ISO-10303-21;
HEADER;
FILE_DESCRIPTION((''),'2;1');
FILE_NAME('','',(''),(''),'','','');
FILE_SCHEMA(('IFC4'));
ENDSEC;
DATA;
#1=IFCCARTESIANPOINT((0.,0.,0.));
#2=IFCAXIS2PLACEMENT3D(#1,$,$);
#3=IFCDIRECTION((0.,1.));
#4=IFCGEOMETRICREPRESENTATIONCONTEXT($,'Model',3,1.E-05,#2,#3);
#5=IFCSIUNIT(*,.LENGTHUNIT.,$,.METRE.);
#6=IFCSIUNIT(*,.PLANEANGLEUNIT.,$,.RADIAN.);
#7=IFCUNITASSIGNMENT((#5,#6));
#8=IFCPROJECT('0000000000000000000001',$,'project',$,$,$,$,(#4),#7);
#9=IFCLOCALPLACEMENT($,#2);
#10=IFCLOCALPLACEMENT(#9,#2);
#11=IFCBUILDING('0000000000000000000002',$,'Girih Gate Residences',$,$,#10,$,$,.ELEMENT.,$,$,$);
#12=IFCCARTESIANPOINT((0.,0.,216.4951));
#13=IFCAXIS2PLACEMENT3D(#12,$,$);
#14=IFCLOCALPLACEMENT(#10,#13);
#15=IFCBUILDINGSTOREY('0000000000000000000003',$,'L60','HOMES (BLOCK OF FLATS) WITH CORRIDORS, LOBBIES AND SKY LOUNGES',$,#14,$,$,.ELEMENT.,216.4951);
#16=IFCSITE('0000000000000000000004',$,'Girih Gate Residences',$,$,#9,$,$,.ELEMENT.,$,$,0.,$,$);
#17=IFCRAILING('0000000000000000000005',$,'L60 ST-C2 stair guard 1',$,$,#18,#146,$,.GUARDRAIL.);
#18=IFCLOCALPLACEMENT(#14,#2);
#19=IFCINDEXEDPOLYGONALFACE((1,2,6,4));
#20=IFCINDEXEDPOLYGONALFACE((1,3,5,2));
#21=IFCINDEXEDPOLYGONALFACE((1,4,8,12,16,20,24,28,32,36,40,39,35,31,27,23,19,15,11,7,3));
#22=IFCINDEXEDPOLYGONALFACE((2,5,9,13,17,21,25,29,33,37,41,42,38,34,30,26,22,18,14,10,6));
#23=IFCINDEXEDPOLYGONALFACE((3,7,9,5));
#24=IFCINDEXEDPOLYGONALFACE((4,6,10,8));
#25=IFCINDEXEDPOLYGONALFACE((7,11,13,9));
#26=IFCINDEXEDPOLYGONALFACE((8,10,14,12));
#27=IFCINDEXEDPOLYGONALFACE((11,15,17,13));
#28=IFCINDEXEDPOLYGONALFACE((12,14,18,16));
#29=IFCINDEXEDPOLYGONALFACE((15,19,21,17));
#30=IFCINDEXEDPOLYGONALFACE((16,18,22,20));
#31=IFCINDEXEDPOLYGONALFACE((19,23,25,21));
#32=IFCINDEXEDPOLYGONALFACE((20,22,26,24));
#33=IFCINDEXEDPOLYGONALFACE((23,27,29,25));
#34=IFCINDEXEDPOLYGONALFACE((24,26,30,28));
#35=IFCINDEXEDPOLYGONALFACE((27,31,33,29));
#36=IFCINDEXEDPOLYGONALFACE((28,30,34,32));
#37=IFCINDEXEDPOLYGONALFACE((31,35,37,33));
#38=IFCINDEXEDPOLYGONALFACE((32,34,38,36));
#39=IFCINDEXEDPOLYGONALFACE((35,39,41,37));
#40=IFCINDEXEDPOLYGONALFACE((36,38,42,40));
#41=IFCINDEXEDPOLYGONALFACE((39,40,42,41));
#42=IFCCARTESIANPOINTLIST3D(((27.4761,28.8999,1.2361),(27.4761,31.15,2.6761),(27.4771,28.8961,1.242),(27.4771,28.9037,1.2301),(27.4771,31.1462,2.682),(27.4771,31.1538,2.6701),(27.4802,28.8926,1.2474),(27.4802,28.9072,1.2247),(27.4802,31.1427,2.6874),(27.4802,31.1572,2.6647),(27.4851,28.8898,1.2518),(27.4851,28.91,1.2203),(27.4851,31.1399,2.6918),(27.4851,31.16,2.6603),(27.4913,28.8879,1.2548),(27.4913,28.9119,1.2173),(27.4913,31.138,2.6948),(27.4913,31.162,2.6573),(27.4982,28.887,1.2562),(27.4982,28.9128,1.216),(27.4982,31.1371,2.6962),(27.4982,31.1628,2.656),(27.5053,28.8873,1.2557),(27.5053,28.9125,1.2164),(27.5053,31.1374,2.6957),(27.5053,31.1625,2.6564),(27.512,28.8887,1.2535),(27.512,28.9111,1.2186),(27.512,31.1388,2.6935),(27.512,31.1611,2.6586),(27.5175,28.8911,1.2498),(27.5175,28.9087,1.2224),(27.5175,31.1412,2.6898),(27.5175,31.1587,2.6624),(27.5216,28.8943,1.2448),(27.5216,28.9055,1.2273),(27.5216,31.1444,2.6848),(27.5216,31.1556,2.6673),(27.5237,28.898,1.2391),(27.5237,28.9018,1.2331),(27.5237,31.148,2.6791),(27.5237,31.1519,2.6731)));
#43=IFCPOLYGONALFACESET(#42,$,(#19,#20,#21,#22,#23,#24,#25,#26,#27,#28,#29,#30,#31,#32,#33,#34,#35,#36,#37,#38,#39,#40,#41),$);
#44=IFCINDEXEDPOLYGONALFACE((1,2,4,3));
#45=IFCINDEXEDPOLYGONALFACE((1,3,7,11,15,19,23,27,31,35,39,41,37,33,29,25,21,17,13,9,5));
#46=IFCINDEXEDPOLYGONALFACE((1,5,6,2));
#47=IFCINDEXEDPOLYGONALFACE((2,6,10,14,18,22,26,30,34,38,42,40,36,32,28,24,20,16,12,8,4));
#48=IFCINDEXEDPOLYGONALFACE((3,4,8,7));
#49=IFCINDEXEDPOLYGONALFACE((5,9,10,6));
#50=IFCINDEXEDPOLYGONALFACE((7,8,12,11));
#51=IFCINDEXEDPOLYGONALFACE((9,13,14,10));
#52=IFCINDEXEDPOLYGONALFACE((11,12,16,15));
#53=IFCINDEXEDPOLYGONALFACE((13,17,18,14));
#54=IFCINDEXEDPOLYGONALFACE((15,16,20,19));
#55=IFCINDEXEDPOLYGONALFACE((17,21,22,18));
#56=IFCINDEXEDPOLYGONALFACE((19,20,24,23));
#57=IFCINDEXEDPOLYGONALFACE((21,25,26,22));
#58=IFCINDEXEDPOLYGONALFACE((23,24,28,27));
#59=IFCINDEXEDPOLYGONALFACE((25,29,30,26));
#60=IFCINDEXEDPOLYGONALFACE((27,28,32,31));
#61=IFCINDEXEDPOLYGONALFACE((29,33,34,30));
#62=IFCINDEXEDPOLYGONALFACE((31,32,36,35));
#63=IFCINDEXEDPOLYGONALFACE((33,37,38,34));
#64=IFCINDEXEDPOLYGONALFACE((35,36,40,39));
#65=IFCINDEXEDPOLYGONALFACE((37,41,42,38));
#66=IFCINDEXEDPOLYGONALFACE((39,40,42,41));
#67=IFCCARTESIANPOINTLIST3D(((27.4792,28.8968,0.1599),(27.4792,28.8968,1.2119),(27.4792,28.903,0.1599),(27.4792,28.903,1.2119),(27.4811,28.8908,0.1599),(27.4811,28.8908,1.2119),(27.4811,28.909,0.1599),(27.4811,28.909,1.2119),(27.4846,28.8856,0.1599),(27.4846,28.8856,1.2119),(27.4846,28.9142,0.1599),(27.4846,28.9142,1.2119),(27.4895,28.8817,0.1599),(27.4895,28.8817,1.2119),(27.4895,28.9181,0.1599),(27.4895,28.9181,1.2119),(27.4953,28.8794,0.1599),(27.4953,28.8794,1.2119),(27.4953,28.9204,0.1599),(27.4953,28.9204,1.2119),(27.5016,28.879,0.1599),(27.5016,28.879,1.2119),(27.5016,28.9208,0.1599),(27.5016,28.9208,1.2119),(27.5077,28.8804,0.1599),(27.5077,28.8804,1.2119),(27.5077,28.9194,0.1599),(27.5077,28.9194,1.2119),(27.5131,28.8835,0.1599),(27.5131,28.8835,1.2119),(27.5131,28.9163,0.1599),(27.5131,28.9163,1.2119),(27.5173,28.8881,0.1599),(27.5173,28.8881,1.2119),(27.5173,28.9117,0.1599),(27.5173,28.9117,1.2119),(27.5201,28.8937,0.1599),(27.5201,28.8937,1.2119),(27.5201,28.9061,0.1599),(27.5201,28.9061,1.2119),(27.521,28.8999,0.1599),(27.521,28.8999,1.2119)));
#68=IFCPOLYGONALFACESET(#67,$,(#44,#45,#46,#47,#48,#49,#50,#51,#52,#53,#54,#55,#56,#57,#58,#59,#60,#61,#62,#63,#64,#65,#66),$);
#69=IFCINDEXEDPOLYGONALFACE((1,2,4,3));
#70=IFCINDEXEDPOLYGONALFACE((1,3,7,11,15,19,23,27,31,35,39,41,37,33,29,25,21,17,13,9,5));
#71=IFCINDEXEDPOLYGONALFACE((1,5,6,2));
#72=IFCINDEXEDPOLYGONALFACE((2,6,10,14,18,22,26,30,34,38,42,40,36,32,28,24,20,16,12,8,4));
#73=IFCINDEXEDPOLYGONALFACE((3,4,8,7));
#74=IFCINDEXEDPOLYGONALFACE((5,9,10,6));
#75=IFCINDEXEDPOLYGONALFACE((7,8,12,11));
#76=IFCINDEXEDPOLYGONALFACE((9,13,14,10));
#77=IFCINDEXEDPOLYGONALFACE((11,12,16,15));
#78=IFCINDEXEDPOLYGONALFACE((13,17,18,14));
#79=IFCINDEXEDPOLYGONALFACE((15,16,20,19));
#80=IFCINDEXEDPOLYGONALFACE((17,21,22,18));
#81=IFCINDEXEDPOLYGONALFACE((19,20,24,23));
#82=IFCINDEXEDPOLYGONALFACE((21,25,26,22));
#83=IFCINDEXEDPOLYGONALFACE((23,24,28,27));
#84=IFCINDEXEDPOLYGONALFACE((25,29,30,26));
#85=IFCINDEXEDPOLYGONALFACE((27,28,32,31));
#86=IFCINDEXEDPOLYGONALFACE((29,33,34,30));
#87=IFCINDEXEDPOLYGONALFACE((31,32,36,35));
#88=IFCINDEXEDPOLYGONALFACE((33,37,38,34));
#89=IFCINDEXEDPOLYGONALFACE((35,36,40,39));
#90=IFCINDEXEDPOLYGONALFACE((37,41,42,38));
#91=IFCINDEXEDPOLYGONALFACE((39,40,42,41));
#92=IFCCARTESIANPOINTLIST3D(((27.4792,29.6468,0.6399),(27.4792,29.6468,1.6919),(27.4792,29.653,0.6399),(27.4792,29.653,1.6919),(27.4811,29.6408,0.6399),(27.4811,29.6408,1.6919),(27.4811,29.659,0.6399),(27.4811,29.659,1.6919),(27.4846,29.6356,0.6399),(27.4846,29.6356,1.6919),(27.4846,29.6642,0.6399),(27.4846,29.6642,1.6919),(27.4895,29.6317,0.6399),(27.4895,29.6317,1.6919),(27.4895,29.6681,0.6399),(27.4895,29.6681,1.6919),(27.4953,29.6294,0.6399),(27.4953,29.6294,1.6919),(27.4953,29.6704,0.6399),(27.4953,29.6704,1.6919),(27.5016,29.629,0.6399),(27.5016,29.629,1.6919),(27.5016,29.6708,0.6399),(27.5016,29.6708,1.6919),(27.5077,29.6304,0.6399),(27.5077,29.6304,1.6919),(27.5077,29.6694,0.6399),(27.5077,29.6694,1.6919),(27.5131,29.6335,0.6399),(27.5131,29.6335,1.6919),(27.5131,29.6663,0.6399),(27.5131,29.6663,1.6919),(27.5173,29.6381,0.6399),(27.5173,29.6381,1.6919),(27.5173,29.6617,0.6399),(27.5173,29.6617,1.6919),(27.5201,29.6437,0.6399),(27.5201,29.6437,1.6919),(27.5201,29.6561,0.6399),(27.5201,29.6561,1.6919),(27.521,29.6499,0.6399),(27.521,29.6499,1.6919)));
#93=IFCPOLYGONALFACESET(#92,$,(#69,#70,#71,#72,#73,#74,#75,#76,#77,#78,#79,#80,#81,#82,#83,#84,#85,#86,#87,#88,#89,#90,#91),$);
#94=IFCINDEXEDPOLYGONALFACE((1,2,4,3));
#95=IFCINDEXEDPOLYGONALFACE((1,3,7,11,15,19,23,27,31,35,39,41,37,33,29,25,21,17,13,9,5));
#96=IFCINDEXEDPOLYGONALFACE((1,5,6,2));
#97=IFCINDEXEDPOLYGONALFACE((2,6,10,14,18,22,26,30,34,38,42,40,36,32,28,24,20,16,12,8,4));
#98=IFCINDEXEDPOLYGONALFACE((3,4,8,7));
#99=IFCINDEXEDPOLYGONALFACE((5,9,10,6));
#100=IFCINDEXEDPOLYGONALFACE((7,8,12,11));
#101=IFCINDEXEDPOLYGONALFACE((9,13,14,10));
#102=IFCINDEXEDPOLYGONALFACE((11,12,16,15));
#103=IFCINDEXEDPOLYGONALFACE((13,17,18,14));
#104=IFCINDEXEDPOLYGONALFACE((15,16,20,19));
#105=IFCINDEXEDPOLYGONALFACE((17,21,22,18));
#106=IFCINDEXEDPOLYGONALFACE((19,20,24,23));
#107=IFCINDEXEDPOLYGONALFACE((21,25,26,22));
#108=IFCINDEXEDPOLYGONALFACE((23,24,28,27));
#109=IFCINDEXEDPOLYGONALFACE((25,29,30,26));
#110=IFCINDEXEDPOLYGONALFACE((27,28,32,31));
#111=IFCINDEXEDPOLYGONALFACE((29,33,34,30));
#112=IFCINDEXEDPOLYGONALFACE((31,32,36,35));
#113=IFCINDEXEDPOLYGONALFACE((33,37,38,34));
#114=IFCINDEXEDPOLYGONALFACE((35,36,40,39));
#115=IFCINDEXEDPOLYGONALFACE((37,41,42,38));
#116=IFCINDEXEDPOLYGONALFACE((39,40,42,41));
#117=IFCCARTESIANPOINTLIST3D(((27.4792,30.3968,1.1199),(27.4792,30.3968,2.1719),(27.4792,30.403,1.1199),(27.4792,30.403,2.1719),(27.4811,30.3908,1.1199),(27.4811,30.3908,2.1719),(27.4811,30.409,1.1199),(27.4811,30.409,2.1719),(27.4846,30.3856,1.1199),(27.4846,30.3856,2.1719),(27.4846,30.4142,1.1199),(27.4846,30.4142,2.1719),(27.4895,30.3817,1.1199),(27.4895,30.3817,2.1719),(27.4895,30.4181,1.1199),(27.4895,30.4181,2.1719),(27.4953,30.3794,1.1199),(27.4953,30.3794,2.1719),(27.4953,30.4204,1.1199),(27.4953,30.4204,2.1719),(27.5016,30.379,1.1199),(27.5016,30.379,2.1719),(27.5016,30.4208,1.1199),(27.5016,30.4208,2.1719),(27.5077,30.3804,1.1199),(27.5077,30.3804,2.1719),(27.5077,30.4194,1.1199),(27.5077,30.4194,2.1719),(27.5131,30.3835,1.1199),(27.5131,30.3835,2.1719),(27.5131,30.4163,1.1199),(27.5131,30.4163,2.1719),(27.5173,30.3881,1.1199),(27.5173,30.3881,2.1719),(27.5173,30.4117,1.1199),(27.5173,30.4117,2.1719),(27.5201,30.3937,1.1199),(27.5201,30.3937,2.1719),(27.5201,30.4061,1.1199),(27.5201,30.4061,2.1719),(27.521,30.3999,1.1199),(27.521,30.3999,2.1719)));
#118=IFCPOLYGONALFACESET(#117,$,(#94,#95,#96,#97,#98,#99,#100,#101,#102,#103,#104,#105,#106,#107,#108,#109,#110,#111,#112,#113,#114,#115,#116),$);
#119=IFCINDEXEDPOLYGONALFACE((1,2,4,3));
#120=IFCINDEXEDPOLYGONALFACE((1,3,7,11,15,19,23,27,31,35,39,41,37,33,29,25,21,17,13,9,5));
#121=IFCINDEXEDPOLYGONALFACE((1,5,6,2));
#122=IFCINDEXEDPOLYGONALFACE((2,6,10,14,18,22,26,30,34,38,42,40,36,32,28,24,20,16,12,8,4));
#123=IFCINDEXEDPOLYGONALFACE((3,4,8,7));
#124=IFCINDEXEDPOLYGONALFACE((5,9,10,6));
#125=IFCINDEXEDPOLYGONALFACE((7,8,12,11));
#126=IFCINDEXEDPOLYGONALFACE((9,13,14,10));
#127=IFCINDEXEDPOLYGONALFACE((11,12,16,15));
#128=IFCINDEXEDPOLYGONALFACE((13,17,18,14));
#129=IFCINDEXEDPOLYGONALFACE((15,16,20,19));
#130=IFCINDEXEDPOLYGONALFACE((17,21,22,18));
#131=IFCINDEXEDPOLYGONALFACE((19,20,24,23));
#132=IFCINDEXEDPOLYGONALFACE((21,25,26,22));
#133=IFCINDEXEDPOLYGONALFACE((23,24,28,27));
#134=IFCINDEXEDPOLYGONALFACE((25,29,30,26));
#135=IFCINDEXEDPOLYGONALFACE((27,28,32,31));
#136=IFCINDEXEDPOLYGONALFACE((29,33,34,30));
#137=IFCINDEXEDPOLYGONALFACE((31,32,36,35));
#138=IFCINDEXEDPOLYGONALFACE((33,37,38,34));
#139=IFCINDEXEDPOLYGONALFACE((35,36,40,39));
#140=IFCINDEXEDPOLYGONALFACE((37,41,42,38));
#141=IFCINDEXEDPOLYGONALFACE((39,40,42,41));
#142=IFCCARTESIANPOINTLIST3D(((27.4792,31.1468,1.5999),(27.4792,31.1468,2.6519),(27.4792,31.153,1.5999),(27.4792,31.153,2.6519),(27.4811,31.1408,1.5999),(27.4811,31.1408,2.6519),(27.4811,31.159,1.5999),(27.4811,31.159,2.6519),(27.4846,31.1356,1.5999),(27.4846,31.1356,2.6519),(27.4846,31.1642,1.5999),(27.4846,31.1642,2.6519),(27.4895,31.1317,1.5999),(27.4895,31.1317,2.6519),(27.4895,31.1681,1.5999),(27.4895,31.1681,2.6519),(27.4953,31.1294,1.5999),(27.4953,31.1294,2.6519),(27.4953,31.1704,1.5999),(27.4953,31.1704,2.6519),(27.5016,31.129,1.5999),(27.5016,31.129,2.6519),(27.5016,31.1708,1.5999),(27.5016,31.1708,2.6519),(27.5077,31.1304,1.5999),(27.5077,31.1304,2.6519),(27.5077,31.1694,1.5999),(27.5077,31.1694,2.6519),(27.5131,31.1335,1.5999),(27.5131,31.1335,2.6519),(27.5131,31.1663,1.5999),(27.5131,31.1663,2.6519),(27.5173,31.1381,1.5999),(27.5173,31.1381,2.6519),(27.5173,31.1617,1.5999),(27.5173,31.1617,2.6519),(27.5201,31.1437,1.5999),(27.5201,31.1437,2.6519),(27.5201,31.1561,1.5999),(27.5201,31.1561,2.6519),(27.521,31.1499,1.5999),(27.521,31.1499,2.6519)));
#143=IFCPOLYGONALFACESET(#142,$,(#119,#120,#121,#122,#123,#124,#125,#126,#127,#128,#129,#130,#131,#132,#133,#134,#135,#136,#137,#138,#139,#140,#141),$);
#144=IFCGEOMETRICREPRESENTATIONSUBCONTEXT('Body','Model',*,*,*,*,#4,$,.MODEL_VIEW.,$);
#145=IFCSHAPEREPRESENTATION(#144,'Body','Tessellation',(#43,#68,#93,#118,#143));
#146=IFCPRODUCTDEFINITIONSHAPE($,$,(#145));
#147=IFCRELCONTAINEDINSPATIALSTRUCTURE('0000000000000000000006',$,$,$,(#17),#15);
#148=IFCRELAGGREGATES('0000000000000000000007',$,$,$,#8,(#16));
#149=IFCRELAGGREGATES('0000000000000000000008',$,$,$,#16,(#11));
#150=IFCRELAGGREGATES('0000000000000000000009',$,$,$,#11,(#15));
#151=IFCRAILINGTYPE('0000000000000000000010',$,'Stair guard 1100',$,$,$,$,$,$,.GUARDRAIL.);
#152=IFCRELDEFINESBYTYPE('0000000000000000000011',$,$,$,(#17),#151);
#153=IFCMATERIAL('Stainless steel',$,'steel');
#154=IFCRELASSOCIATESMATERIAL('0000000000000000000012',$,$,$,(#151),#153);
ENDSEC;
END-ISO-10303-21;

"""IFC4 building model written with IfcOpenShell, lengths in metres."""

from ifc_helpers import new_model, si_unit, direction, frame, origin, origin_2d, place, context, subcontext, project, spatial, circle, extrude, material, type_object, element, save


model = new_model("IFC4")

# Units and contexts
model_context = context("Model", 3, precision=1e-05, world=origin(), true_north=direction((0.0, 1.0)))
body_context = subcontext(model_context, "Body", "Model", "MODEL_VIEW")
ifc_project = project(units=[si_unit("LENGTHUNIT", "METRE"), si_unit("PLANEANGLEUNIT", "RADIAN")], contexts=[model_context])

# Site, building, storey
site_placement = place(None, origin())
site = spatial("IfcSite", under=ifc_project, at=site_placement, Name="Girih Gate Residences", CompositionType="ELEMENT", RefElevation=0.0)
building_placement = place(site_placement, origin())
building = spatial("IfcBuilding", under=site, at=building_placement, Name="Girih Gate Residences", CompositionType="ELEMENT")
storey_placement = place(building_placement, frame((0.0, 0.0, 216.4951)))
storey = spatial("IfcBuildingStorey", under=building, at=storey_placement, Name="L60", Description="HOMES (BLOCK OF FLATS) WITH CORRIDORS, LOBBIES AND SKY LOUNGES", CompositionType="ELEMENT", Elevation=216.4951)

# Railing
ifc_material_1 = material(Name="Stainless steel", Category="steel")
railing_type_1 = type_object("IfcRailingType", Name="Stair guard 1100", PredefinedType="GUARDRAIL", material=ifc_material_1)
railing_1_placement = place(storey_placement, frame((27.5, 28.8999, 0.1599)))
element("IfcRailing", 1, at=railing_1_placement, inside=storey, type_object=railing_type_1, Name="L60 ST-C2 stair guard 1", PredefinedType="GUARDRAIL", context=body_context, shape_type="SweptSolid", body=[
    extrude(circle(Radius=0.0239, at=origin_2d()), frame((0.0, 0.0, 1.0762), z_axis=(0.0, 0.842281, 0.539038), x_axis=(-1.0, 0.0, 0.0)), (0.0, 0.0, 1.0), 2.6714),
    extrude(circle(Radius=0.021, at=origin_2d()), origin(), (0.0, 0.0, 1.0), 1.052),
    extrude(circle(Radius=0.021, at=origin_2d()), frame((0.0, 0.75, 0.48)), (0.0, 0.0, 1.0), 1.052),
    extrude(circle(Radius=0.021, at=origin_2d()), frame((0.0, 1.5, 0.96)), (0.0, 0.0, 1.0), 1.052),
    extrude(circle(Radius=0.021, at=origin_2d()), frame((0.0, 2.25, 1.4399)), (0.0, 0.0, 1.0), 1.052),
])

save(model, "model.ifc")
